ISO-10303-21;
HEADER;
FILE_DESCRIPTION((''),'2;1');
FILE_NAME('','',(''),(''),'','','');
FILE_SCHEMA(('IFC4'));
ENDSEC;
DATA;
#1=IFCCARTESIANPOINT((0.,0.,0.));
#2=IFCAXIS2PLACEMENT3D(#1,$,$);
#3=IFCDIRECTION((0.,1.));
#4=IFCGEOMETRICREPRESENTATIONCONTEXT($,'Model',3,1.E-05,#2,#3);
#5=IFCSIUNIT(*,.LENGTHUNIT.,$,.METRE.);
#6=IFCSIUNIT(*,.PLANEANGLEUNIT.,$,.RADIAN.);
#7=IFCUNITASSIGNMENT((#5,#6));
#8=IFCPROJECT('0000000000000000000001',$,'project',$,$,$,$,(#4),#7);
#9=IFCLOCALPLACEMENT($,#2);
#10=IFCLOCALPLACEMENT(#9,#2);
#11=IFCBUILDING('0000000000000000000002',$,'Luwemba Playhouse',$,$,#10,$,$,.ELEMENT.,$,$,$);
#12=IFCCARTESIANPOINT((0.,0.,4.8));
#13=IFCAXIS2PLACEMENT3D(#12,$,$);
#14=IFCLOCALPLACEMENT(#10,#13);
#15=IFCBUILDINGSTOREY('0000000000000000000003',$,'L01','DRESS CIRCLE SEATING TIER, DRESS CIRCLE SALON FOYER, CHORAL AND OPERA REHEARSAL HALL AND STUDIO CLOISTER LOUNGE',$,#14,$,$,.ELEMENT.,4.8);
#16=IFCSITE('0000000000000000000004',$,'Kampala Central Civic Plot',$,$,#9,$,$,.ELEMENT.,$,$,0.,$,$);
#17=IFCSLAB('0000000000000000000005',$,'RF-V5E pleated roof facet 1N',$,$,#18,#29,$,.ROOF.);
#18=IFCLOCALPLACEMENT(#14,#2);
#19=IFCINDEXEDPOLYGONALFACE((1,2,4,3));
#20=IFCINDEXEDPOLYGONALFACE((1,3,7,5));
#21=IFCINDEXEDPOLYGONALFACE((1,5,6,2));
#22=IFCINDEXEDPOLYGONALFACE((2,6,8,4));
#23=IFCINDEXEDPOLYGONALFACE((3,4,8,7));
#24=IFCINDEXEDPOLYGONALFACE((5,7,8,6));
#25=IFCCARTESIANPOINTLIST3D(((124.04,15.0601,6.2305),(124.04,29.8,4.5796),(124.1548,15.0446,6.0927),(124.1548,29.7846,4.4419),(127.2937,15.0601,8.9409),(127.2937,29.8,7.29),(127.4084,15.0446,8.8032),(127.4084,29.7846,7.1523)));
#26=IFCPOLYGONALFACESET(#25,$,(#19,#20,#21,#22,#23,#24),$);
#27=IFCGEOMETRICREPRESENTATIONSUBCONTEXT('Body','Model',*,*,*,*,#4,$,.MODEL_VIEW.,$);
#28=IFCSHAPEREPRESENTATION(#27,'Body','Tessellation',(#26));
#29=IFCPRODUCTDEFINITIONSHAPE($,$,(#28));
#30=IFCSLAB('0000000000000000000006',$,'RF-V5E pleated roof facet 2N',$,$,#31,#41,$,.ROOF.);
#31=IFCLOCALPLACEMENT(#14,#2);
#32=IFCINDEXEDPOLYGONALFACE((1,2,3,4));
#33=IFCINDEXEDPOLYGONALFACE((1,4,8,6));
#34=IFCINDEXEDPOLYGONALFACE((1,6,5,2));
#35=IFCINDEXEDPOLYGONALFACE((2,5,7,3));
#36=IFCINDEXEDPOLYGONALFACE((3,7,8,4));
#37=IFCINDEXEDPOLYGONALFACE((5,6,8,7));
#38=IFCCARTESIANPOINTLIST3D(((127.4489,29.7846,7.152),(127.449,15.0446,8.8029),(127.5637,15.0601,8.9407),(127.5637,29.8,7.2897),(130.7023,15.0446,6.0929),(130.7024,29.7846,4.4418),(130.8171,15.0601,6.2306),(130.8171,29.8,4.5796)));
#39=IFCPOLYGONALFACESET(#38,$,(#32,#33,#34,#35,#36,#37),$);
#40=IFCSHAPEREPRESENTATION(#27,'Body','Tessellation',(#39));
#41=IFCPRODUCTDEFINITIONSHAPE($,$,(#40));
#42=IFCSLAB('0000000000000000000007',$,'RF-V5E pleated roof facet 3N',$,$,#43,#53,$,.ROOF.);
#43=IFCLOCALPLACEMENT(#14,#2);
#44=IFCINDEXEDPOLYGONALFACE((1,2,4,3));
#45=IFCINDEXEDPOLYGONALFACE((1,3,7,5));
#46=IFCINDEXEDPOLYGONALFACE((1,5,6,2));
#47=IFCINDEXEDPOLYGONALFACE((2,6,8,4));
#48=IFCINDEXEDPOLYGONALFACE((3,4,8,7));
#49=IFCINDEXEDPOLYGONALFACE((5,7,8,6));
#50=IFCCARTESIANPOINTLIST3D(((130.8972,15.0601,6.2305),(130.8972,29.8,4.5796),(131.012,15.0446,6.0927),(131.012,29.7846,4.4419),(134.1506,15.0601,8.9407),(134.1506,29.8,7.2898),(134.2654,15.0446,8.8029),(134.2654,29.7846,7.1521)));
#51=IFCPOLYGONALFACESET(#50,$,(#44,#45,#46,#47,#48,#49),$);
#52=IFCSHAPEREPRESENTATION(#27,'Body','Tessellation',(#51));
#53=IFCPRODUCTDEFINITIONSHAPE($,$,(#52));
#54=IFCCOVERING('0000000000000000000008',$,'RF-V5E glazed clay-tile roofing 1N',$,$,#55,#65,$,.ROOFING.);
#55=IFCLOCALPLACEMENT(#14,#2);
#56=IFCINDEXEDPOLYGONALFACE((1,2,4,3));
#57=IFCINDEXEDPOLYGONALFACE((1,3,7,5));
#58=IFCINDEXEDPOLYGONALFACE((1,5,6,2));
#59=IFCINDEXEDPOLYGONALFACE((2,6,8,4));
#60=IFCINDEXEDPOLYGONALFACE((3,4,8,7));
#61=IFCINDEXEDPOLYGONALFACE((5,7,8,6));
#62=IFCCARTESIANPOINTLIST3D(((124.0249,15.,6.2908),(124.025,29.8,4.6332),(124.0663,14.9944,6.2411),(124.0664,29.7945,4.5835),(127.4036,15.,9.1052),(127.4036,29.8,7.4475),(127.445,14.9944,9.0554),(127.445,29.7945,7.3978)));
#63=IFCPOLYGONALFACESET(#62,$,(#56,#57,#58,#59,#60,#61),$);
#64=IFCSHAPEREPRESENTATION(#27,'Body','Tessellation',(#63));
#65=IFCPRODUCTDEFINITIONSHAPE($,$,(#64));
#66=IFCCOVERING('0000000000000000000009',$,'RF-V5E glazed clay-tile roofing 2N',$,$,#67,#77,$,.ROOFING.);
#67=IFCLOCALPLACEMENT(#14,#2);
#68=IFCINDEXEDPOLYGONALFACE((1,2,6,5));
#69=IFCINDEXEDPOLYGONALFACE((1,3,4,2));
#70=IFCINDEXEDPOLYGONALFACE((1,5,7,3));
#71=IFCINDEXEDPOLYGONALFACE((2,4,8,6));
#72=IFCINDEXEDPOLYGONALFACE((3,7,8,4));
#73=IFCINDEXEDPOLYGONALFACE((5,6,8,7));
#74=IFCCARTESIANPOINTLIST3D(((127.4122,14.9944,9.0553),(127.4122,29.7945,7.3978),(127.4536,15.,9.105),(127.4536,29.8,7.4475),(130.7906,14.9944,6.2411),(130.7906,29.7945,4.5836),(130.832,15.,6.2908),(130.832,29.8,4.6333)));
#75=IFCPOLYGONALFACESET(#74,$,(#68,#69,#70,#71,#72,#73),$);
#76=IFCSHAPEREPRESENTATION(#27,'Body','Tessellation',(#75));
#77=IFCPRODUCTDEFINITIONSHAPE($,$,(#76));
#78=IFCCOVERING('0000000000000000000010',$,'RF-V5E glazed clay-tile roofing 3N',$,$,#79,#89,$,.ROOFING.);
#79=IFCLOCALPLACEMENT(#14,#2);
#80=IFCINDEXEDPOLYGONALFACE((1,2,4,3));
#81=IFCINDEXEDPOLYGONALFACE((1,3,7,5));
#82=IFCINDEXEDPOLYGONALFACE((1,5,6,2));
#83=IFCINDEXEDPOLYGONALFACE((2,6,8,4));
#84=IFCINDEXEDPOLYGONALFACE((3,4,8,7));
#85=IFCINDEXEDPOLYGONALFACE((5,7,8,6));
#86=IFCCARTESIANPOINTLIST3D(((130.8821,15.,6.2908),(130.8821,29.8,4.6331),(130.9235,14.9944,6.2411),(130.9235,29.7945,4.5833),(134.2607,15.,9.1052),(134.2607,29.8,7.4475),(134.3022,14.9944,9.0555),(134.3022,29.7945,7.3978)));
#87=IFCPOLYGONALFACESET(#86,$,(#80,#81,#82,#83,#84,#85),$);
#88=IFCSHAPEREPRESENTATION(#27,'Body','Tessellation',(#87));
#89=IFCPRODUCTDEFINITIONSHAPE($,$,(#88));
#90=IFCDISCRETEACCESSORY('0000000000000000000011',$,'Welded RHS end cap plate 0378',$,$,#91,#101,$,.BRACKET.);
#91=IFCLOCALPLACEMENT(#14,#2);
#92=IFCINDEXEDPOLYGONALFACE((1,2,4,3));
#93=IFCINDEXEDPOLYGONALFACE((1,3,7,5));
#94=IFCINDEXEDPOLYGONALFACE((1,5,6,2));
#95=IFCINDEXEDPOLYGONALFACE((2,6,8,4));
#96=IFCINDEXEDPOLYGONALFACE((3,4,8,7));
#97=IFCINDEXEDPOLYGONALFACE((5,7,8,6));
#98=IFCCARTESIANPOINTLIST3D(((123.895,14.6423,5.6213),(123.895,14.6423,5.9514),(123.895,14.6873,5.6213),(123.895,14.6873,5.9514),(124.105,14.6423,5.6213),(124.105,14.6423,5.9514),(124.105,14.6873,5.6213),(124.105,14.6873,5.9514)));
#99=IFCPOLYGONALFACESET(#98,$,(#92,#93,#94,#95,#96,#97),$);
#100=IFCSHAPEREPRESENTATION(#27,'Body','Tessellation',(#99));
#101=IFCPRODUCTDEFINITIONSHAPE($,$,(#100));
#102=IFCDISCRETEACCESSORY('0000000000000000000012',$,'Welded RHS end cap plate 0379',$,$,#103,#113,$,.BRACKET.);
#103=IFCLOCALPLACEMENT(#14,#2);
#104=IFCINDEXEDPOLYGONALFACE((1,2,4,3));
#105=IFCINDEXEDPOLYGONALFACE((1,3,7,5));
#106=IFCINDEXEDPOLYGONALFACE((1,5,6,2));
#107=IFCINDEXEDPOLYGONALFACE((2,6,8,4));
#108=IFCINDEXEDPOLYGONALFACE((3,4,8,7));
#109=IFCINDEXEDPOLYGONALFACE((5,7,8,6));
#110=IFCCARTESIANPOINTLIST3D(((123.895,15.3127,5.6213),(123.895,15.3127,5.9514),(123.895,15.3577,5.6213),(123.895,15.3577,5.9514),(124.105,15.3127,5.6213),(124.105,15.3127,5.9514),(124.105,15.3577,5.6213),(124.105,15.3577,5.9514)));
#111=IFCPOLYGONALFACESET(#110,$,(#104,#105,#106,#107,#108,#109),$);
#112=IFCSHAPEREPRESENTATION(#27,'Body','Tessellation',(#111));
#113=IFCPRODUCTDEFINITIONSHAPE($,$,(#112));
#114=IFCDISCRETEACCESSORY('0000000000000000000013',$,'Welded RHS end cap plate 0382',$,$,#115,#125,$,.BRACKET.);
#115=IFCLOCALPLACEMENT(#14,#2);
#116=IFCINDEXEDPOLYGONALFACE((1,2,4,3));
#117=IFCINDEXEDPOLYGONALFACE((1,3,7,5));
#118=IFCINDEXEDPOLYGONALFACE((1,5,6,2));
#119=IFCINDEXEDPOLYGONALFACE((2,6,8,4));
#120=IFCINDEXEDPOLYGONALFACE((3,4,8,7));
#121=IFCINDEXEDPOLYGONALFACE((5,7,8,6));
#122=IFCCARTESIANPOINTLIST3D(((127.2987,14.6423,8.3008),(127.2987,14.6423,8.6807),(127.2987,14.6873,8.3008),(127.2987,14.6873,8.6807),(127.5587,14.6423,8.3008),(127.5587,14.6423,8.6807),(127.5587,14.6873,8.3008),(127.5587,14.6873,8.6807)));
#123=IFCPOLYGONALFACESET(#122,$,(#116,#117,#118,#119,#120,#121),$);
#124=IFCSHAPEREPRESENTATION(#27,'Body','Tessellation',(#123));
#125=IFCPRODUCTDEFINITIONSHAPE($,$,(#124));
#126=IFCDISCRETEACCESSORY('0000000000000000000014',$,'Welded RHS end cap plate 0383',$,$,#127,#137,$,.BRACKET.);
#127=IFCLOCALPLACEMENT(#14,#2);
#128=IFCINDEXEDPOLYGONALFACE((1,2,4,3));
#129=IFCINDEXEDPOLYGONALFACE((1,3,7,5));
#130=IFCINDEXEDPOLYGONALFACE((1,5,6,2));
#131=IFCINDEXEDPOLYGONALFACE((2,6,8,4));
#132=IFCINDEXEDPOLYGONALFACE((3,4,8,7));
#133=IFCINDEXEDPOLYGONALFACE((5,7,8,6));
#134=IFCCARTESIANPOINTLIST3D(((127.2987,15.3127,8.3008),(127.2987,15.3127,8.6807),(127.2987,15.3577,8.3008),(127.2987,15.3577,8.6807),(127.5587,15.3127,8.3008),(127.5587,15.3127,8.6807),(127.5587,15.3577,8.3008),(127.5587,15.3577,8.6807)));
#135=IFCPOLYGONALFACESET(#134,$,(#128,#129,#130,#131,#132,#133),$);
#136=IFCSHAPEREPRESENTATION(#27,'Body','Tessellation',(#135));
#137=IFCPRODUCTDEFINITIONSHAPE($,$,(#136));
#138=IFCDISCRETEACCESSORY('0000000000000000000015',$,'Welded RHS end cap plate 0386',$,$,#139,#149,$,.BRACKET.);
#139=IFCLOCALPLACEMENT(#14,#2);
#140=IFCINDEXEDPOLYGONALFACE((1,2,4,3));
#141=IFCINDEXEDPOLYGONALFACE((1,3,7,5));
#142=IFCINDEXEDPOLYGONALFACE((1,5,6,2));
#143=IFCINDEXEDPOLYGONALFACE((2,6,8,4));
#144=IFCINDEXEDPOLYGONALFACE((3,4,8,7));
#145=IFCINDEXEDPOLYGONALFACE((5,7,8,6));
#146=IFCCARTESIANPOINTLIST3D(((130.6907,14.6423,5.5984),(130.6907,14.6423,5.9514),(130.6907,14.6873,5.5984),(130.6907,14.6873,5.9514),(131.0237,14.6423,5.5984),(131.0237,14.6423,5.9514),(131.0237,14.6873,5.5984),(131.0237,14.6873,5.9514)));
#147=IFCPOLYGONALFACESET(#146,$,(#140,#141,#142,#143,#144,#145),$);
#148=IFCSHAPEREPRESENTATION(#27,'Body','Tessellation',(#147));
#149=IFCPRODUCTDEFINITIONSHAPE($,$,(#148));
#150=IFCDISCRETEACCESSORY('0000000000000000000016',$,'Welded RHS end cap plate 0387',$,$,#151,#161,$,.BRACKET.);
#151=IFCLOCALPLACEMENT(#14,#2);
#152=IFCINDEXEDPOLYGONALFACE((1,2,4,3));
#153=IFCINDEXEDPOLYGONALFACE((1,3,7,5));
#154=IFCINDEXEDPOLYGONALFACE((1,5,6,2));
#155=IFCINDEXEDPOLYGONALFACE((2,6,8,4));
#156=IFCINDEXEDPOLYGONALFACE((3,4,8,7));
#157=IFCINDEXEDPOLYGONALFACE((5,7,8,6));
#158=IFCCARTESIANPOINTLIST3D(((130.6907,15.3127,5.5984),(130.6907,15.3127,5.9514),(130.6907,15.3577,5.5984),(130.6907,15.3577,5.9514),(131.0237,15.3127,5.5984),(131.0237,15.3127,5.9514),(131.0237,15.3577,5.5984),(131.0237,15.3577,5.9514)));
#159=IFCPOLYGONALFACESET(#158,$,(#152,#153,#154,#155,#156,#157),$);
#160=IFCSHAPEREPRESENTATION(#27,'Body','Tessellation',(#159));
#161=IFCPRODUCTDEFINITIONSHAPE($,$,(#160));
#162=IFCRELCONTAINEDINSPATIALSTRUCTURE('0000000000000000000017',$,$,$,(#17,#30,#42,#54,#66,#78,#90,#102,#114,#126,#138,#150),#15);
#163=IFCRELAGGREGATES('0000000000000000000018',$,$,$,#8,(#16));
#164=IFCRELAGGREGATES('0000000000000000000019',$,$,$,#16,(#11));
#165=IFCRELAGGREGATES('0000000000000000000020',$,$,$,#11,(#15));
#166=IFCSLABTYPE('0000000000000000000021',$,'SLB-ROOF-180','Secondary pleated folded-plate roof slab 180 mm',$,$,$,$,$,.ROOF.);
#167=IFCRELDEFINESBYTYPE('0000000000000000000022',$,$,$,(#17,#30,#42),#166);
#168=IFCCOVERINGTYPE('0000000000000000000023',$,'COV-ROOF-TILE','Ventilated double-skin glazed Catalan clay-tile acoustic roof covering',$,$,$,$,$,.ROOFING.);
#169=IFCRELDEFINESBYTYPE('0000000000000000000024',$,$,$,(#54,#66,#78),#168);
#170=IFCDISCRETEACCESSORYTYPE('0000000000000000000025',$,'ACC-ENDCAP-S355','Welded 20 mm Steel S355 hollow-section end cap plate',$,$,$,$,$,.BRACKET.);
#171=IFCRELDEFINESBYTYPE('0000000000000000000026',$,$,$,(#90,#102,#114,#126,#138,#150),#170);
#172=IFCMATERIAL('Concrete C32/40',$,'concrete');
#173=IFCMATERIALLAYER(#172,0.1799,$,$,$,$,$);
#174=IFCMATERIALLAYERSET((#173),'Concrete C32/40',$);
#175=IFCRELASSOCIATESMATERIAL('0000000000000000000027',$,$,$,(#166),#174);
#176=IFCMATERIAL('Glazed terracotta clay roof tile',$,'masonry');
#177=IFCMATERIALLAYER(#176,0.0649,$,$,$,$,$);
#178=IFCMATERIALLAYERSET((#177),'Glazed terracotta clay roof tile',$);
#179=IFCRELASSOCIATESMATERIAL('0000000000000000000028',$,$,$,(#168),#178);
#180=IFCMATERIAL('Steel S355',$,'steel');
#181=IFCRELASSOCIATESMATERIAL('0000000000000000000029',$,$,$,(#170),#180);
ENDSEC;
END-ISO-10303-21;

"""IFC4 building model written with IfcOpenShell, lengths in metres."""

from ifc_helpers import new_model, si_unit, direction, frame, origin, origin_2d, place, context, subcontext, project, spatial, polyline, rectangle, outline, extrude, material, layer, layer_set, type_object, element, save


model = new_model("IFC4")

# Units and contexts
model_context = context("Model", 3, precision=1e-05, world=origin(), true_north=direction((0.0, 1.0)))
body_context = subcontext(model_context, "Body", "Model", "MODEL_VIEW")
ifc_project = project(units=[si_unit("LENGTHUNIT", "METRE"), si_unit("PLANEANGLEUNIT", "RADIAN")], contexts=[model_context])

# Site, building, storey
site_placement = place(None, origin())
site = spatial("IfcSite", under=ifc_project, at=site_placement, Name="Kampala Central Civic Plot", CompositionType="ELEMENT", RefElevation=0.0)
building_placement = place(site_placement, origin())
building = spatial("IfcBuilding", under=site, at=building_placement, Name="Luwemba Playhouse", CompositionType="ELEMENT")
storey_placement = place(building_placement, frame((0.0, 0.0, 4.8)))
storey = spatial("IfcBuildingStorey", under=building, at=storey_placement, Name="L01", Description="DRESS CIRCLE SEATING TIER, DRESS CIRCLE SALON FOYER, CHORAL AND OPERA REHEARSAL HALL AND STUDIO CLOISTER LOUNGE", CompositionType="ELEMENT", Elevation=4.8)

# Shared definitions
ifc_material_1 = material(Name="Steel S355", Category="steel")

# Slabs
ifc_material_2 = material(Name="Concrete C32/40", Category="concrete")
ifc_layer_1 = layer(ifc_material_2, 0.1799)
ifc_layer_set_1 = layer_set([ifc_layer_1], Name="Concrete C32/40")
slab_type = type_object("IfcSlabType", Name="SLB-ROOF-180", Description="Secondary pleated folded-plate roof slab 180 mm", PredefinedType="ROOF", material=ifc_layer_set_1)
slab_1_placement = place(storey_placement, frame((124.04, 15.0601, 6.2305), z_axis=(-0.637697, 0.085736, 0.765501), x_axis=(0.76833, 0.0, 0.640054)))
element("IfcSlab", 1, at=slab_1_placement, inside=storey, type_object=slab_type, Name="RF-V5E pleated roof facet 1N", PredefinedType="ROOF", context=body_context, shape_type="SweptSolid", body=[
    extrude(outline(polyline([(0.0, 0.0), (4.2347, 0.0), (3.1781, 14.7945), (-1.0567, 14.7945), (0.0, 0.0)])), origin(), (0.0, 0.0, -1.0), 0.1799),
])
slab_2_placement = place(storey_placement, frame((127.5637, 15.0601, 8.9407), z_axis=(0.637674, 0.085744, 0.765519), x_axis=(0.768349, -0.000002, -0.640031)))
element("IfcSlab", 2, at=slab_2_placement, inside=storey, type_object=slab_type, Name="RF-V5E pleated roof facet 2N", PredefinedType="ROOF", context=body_context, shape_type="SweptSolid", body=[
    extrude(outline(polyline([(0.0, 0.0), (4.2342, 0.0), (5.291, 14.7945), (1.0566, 14.7945), (0.0, 0.0)])), origin(), (0.0, 0.0, -1.0), 0.1799),
])
slab_3_placement = place(storey_placement, frame((130.8972, 15.0601, 6.2305), z_axis=(-0.637692, 0.085737, 0.765506), x_axis=(0.768335, 0.0, 0.640048)))
element("IfcSlab", 3, at=slab_3_placement, inside=storey, type_object=slab_type, Name="RF-V5E pleated roof facet 3N", PredefinedType="ROOF", context=body_context, shape_type="SweptSolid", body=[
    extrude(outline(polyline([(0.0, 0.0), (4.2344, 0.0), (3.1777, 14.7945), (-1.0566, 14.7945), (0.0, 0.0)])), origin(), (0.0, 0.0, -1.0), 0.1799),
])

# Coverings
ifc_material_3 = material(Name="Glazed terracotta clay roof tile", Category="masonry")
ifc_layer_2 = layer(ifc_material_3, 0.0649)
ifc_layer_set_2 = layer_set([ifc_layer_2], Name="Glazed terracotta clay roof tile")
covering_type = type_object("IfcCoveringType", Name="COV-ROOF-TILE", Description="Ventilated double-skin glazed Catalan clay-tile acoustic roof covering", PredefinedType="ROOFING", material=ifc_layer_set_2)
covering_1_placement = place(storey_placement, frame((124.0249, 15.0, 6.2908), z_axis=(-0.637664, 0.085739, 0.765528), x_axis=(0.768358, -0.000002, 0.640021)))
element("IfcCovering", 4, at=covering_1_placement, inside=storey, type_object=covering_type, Name="RF-V5E glazed clay-tile roofing 1N", PredefinedType="ROOFING", context=body_context, shape_type="SweptSolid", body=[
    extrude(outline(polyline([(0.0, 0.0), (4.3973, 0.0), (3.3363, 14.8548), (-1.0608, 14.8547), (0.0, 0.0)])), origin(), (0.0, 0.0, -1.0), 0.0649),
])
covering_2_placement = place(storey_placement, frame((127.4536, 15.0, 9.105), z_axis=(0.637675, 0.085731, 0.76552), x_axis=(0.768349, 0.0, -0.640031)))
element("IfcCovering", 5, at=covering_2_placement, inside=storey, type_object=covering_type, Name="RF-V5E glazed clay-tile roofing 2N", PredefinedType="ROOFING", context=body_context, shape_type="SweptSolid", body=[
    extrude(outline(polyline([(0.0, 0.0), (4.397, 0.0), (5.4578, 14.8547), (1.0608, 14.8547), (0.0, 0.0)])), origin(), (0.0, 0.0, -1.0), 0.0649),
])
covering_3_placement = place(storey_placement, frame((130.8821, 15.0, 6.2908), z_axis=(-0.63768, 0.085743, 0.765515), x_axis=(0.768344, 0.0, 0.640037)))
element("IfcCovering", 6, at=covering_3_placement, inside=storey, type_object=covering_type, Name="RF-V5E glazed clay-tile roofing 3N", PredefinedType="ROOFING", context=body_context, shape_type="SweptSolid", body=[
    extrude(outline(polyline([(0.0, 0.0), (4.3973, 0.0), (3.3363, 14.8548), (-1.061, 14.8548), (0.0, 0.0)])), origin(), (0.0, 0.0, -1.0), 0.0649),
])

# Discrete accessories
discrete_accessory_type = type_object("IfcDiscreteAccessoryType", Name="ACC-ENDCAP-S355", Description="Welded 20 mm Steel S355 hollow-section end cap plate", PredefinedType="BRACKET", material=ifc_material_1)
for number, where, z_axis, x_axis, name in (
    (7, (124.0, 14.6648, 5.6213), (0.0, 0.0, 1.0), (1.0, 0.0, 0.0), "Welded RHS end cap plate 0378"),
    (8, (124.0, 15.3352, 5.6213), (0.0, 0.0, 1.0), (1.0, 0.0, 0.0), "Welded RHS end cap plate 0379"),
):
    element("IfcDiscreteAccessory", number, at=place(storey_placement, frame(where, z_axis=z_axis, x_axis=x_axis)), inside=storey, type_object=discrete_accessory_type, Name=name, PredefinedType="BRACKET", context=body_context, shape_type="SweptSolid", body=[
        extrude(rectangle(XDim=0.21, YDim=0.0449, at=origin_2d()), origin(), (0.0, 0.0, 1.0), 0.3301),
    ])
for number, where, z_axis, x_axis, name in (
    (9, (127.4287, 14.6648, 8.3008), (0.0, 0.0, 1.0), (1.0, 0.0, 0.0), "Welded RHS end cap plate 0382"),
    (10, (127.4287, 15.3352, 8.3008), (0.0, 0.0, 1.0), (1.0, 0.0, 0.0), "Welded RHS end cap plate 0383"),
):
    element("IfcDiscreteAccessory", number, at=place(storey_placement, frame(where, z_axis=z_axis, x_axis=x_axis)), inside=storey, type_object=discrete_accessory_type, Name=name, PredefinedType="BRACKET", context=body_context, shape_type="SweptSolid", body=[
        extrude(rectangle(XDim=0.26, YDim=0.0449, at=origin_2d()), origin(), (0.0, 0.0, 1.0), 0.3799),
    ])
for number, where, z_axis, x_axis, name in (
    (11, (130.8572, 14.6648, 5.5984), (0.0, 0.0, 1.0), (1.0, 0.0, 0.0), "Welded RHS end cap plate 0386"),
    (12, (130.8572, 15.3352, 5.5984), (0.0, 0.0, 1.0), (1.0, 0.0, 0.0), "Welded RHS end cap plate 0387"),
):
    element("IfcDiscreteAccessory", number, at=place(storey_placement, frame(where, z_axis=z_axis, x_axis=x_axis)), inside=storey, type_object=discrete_accessory_type, Name=name, PredefinedType="BRACKET", context=body_context, shape_type="SweptSolid", body=[
        extrude(rectangle(XDim=0.333, YDim=0.0449, at=origin_2d()), origin(), (0.0, 0.0, 1.0), 0.353),
    ])

save(model, "model.ifc")
